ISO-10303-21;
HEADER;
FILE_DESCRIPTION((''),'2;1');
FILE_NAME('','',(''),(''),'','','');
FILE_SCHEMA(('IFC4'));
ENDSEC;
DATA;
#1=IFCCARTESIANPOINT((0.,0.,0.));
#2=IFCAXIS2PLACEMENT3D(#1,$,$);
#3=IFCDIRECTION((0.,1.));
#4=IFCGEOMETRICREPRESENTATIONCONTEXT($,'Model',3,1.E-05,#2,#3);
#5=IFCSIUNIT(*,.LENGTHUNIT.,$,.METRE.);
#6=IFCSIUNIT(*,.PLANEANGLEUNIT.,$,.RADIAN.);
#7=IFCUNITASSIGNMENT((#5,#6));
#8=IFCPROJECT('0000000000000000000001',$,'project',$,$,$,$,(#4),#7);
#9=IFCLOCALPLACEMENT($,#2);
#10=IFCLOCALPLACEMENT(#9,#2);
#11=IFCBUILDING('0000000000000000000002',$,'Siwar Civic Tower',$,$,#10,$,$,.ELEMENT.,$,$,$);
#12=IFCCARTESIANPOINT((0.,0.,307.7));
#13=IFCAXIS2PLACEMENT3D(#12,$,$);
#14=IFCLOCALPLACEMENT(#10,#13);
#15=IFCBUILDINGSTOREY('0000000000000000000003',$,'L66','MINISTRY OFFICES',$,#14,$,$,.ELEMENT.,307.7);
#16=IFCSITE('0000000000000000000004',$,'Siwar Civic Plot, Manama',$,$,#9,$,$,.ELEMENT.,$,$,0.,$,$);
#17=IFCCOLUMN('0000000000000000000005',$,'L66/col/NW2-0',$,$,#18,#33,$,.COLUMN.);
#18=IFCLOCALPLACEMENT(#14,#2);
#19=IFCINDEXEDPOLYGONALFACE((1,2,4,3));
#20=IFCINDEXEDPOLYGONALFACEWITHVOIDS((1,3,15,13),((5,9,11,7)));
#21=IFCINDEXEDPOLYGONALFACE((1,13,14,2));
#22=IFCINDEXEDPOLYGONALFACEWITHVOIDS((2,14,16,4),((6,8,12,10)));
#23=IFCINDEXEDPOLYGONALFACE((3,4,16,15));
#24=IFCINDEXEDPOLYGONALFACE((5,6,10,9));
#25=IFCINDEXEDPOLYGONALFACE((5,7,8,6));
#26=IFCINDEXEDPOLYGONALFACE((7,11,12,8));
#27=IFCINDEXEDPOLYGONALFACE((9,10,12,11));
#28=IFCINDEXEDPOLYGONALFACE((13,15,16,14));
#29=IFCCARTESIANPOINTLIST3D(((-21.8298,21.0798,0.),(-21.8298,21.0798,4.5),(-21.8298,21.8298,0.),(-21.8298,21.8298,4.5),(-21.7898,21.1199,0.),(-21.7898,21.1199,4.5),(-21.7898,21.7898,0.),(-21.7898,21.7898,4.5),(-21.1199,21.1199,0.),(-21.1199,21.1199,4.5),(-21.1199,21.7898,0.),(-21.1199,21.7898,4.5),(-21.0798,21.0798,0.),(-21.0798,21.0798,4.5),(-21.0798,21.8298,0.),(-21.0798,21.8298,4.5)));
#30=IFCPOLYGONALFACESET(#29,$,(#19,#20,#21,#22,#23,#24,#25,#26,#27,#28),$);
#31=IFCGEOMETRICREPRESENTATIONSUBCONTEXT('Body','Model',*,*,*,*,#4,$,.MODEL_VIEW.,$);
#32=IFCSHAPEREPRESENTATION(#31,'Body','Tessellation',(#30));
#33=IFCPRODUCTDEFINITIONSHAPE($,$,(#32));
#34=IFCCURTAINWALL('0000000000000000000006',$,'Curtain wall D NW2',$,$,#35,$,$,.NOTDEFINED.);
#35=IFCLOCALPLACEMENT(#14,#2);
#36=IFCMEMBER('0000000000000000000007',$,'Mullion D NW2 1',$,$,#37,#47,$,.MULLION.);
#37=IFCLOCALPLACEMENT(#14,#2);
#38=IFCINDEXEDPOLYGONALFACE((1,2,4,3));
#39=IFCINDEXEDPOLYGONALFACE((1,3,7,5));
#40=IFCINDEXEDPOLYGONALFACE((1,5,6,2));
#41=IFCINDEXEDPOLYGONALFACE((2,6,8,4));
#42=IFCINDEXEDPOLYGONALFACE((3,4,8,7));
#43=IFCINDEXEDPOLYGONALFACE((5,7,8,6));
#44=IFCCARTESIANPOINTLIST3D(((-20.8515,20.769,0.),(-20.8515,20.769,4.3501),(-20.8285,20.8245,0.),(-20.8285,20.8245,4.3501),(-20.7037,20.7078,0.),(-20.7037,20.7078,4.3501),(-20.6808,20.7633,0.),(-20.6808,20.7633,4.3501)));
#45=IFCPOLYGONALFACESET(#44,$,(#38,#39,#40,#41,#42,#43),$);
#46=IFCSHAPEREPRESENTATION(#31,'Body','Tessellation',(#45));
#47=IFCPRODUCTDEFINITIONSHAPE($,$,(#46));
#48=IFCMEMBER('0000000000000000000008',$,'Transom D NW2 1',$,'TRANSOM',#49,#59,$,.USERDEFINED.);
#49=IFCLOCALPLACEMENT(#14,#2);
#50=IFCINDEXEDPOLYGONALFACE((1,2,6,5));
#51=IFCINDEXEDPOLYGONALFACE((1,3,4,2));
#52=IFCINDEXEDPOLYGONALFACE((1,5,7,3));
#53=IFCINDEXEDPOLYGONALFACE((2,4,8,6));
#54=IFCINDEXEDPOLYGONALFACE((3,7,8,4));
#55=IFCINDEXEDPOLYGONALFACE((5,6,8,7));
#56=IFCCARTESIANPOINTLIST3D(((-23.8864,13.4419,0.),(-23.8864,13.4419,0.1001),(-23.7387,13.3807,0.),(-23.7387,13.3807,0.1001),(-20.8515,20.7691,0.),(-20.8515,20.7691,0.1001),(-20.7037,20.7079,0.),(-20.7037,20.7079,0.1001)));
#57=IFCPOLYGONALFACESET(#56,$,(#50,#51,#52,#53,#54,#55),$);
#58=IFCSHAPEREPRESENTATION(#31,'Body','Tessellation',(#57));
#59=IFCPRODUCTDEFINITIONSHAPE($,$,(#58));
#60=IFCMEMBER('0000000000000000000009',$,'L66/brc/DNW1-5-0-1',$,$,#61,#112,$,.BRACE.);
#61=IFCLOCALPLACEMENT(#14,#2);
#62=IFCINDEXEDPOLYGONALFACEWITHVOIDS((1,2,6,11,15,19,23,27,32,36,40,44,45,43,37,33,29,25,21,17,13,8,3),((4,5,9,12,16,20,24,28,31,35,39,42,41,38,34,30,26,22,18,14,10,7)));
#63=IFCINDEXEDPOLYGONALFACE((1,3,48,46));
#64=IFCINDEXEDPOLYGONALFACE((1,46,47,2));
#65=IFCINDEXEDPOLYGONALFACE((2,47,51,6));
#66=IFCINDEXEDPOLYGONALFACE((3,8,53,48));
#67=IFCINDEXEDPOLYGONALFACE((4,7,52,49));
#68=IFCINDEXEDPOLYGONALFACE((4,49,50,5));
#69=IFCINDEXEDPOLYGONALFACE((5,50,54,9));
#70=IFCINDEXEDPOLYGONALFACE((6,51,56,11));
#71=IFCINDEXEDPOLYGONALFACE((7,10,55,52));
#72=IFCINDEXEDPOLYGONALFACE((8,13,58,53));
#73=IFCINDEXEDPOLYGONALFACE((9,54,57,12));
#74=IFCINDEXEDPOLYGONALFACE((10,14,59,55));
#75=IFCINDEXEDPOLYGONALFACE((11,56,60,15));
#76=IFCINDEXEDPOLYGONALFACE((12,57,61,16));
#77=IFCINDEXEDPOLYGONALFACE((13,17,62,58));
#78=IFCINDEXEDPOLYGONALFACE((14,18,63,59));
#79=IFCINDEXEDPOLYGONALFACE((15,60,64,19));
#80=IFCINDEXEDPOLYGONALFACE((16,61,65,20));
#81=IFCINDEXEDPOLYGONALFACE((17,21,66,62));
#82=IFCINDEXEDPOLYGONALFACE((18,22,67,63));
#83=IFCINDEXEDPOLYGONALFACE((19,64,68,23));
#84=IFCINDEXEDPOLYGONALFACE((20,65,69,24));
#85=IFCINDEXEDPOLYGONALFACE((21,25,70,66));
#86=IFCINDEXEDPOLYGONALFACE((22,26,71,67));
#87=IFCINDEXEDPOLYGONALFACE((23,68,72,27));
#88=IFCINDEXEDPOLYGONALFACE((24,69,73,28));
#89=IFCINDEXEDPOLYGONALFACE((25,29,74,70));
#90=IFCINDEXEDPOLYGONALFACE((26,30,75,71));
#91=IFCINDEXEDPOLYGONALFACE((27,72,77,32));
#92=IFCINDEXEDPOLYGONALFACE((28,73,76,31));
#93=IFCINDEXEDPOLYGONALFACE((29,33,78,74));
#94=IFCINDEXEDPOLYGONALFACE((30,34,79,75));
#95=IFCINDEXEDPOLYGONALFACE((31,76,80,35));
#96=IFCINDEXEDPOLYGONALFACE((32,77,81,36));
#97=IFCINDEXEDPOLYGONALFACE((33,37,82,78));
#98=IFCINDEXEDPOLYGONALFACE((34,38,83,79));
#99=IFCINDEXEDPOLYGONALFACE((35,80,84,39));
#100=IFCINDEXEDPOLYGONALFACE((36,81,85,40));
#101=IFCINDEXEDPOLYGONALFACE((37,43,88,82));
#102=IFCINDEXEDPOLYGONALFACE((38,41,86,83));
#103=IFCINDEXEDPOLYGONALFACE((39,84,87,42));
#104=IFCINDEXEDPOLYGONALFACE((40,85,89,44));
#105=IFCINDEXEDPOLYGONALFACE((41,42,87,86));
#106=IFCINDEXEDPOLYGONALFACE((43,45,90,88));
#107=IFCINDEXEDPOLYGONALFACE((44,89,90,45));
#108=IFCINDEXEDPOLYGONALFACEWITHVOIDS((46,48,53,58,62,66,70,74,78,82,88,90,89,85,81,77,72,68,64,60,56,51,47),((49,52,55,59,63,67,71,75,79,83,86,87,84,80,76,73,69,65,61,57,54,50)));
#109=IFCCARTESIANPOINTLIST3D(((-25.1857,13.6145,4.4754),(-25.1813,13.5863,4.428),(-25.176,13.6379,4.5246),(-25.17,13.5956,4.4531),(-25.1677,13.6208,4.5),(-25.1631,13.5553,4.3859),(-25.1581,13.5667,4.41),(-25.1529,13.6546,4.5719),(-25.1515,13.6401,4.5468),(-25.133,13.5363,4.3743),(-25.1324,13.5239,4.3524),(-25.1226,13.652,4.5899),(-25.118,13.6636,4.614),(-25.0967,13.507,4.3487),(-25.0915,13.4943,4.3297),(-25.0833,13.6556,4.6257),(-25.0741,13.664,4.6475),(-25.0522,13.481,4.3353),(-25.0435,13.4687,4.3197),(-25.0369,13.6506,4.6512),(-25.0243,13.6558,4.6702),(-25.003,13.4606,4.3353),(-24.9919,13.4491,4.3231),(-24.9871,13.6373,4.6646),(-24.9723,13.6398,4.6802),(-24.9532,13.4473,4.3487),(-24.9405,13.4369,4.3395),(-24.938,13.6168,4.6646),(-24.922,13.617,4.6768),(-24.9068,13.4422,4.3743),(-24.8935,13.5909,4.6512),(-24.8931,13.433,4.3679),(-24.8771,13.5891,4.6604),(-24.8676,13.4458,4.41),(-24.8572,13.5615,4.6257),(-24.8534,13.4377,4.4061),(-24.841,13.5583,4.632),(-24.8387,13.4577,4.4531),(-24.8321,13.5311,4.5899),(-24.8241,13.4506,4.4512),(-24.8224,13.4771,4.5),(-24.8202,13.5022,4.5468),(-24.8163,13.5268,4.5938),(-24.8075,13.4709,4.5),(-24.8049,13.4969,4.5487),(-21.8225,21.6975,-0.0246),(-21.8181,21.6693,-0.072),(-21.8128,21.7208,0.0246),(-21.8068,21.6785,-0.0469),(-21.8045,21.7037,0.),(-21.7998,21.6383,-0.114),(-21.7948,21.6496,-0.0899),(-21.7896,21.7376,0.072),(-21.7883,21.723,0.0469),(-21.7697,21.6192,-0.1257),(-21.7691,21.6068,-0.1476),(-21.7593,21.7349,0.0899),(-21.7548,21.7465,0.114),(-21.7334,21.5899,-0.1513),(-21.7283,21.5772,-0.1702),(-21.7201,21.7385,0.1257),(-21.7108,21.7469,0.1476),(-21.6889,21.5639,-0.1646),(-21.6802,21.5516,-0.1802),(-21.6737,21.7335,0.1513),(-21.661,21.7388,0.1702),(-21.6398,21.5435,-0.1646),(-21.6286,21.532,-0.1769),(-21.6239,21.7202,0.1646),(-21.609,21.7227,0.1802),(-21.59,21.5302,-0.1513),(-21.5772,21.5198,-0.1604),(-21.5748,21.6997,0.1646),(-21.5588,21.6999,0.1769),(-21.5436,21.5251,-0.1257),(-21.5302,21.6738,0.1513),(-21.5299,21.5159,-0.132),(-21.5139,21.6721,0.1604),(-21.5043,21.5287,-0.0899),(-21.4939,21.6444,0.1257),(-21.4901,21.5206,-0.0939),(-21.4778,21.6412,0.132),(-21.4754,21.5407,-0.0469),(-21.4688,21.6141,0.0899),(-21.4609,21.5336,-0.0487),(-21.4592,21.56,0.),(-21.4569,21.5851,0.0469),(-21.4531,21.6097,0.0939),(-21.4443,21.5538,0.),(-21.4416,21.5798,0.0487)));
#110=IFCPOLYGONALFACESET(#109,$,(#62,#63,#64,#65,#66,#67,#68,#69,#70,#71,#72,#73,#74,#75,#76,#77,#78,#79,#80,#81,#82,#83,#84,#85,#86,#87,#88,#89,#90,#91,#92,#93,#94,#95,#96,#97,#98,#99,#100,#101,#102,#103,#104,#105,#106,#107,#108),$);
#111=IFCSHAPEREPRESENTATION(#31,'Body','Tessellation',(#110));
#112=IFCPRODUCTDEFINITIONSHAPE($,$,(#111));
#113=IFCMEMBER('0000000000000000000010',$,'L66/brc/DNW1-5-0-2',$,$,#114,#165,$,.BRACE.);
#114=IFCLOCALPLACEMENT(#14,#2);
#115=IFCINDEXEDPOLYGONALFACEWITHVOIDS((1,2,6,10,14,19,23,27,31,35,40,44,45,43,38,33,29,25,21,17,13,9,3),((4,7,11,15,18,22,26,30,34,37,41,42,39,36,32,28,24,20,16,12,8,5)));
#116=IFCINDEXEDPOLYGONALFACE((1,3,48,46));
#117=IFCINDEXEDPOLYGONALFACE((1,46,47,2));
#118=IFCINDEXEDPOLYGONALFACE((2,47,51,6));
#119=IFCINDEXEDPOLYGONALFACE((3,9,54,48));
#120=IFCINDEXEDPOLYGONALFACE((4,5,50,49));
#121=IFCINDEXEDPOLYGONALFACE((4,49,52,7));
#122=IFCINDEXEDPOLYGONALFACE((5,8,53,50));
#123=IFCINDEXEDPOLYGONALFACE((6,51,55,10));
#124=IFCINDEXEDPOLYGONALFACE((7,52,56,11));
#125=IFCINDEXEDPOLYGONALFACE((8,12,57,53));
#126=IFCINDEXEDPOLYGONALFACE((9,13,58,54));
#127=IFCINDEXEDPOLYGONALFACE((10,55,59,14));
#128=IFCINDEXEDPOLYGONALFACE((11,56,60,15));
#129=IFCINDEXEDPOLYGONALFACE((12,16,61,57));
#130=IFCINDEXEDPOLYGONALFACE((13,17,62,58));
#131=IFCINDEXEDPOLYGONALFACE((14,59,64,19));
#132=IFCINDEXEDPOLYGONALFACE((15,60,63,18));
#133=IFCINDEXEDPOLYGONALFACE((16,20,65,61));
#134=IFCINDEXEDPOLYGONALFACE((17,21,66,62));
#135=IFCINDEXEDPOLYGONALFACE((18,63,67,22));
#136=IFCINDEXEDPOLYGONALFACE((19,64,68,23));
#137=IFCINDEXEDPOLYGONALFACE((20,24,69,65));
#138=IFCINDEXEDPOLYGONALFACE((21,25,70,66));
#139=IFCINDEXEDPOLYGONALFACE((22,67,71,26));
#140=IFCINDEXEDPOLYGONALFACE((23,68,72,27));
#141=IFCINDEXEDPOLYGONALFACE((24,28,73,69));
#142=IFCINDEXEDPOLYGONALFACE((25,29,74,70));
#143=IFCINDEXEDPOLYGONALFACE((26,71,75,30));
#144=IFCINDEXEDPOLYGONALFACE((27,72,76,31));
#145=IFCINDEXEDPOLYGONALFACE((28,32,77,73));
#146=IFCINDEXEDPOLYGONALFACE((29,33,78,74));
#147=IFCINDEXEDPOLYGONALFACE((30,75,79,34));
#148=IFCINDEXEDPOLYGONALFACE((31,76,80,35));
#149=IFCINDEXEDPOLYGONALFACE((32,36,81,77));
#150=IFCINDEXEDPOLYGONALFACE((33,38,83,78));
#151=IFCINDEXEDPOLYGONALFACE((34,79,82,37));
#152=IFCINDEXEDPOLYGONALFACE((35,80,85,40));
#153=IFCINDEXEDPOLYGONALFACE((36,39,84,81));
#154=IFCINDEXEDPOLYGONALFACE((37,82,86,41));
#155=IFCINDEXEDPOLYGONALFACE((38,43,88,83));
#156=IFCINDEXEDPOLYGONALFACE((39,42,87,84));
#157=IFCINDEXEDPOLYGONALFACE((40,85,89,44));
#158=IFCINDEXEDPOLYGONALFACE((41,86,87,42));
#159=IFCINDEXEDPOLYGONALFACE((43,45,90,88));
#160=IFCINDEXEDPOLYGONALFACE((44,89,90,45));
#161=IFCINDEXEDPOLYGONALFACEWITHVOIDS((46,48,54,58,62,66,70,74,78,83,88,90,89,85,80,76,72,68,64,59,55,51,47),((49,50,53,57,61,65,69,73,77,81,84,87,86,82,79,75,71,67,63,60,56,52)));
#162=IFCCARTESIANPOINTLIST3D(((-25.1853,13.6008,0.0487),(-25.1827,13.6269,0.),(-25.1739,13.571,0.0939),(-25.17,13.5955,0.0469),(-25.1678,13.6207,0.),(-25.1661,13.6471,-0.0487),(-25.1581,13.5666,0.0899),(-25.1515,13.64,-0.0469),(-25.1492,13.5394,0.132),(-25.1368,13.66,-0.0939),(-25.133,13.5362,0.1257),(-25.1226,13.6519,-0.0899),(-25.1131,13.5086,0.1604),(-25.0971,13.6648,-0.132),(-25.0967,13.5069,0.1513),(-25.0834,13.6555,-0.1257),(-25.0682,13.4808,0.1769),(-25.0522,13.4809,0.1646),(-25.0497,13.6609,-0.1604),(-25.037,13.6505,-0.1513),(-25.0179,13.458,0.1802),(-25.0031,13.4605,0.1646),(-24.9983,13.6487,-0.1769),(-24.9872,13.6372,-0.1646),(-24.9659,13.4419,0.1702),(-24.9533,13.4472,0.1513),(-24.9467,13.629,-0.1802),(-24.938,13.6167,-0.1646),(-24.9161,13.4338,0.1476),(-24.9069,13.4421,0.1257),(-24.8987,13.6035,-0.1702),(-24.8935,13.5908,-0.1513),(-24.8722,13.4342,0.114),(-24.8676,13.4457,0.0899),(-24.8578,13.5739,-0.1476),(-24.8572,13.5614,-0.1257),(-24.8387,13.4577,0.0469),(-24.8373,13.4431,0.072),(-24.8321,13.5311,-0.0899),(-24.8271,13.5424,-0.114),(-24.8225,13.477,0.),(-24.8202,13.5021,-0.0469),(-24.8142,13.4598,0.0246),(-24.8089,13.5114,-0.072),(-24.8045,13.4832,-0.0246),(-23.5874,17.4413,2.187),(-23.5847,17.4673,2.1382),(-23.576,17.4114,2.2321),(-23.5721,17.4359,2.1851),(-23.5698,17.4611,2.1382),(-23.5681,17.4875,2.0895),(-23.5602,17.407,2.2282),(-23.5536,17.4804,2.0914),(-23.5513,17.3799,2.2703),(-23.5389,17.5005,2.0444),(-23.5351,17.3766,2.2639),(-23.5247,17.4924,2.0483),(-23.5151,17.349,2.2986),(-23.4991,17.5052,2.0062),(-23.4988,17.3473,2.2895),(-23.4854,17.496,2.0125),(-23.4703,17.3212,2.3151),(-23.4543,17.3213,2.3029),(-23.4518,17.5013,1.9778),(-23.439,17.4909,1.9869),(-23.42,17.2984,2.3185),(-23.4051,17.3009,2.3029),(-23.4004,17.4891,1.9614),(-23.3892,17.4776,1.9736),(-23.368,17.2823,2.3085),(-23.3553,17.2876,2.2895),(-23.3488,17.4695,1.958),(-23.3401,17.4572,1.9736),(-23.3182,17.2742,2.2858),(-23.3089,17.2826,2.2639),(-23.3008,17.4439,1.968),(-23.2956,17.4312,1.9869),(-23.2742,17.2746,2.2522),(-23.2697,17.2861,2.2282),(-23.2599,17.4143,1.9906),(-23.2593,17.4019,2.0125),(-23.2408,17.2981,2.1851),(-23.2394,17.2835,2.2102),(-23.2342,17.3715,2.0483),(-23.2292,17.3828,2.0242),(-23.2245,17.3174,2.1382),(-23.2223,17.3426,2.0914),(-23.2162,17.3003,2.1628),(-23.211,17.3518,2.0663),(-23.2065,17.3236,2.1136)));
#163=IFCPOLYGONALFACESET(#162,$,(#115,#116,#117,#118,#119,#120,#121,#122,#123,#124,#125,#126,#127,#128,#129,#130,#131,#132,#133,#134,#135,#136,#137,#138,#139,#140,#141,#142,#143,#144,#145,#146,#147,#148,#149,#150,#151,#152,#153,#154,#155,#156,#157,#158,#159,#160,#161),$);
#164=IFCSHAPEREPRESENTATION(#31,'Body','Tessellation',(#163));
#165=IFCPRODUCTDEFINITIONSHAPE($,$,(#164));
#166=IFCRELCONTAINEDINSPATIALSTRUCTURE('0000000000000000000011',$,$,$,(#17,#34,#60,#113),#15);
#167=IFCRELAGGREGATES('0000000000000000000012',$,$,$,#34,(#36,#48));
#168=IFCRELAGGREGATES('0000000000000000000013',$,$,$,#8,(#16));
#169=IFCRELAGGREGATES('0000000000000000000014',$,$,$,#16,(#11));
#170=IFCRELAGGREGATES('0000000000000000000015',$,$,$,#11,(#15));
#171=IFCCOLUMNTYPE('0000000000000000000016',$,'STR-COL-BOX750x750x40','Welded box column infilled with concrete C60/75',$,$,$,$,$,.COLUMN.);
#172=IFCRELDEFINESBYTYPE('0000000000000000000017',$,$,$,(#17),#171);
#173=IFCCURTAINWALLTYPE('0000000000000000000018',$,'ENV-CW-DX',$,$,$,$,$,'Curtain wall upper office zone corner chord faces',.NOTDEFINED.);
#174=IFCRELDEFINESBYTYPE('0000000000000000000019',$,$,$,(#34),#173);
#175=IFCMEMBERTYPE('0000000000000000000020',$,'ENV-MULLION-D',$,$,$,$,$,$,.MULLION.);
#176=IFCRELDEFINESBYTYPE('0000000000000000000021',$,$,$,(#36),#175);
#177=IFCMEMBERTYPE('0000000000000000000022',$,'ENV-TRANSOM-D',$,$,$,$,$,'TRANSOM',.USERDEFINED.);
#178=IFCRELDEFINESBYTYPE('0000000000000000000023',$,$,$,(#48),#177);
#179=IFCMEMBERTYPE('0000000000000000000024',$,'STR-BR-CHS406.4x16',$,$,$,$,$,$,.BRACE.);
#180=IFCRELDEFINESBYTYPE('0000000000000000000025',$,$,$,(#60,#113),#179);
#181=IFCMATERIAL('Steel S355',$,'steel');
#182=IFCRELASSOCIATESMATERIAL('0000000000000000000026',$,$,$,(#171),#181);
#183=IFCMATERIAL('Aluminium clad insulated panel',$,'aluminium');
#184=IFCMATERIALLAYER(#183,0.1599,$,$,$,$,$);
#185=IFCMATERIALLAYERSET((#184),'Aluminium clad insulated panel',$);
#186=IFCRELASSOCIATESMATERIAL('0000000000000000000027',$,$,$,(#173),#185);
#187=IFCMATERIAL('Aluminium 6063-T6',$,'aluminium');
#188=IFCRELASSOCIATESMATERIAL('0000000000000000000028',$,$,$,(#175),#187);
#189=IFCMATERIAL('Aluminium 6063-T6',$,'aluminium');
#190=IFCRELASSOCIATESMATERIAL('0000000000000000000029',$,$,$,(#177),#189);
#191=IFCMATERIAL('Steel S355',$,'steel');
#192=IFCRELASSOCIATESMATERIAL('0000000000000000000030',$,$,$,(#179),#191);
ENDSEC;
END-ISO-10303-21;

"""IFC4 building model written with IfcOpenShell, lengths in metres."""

from ifc_helpers import new_model, si_unit, direction, frame, origin, origin_2d, place, context, subcontext, project, spatial, rectangle, hollow_rectangle, hollow_circle, extrude, material, layer, layer_set, material_profile, profile_set, type_object, element, aggregate, save


model = new_model("IFC4")

# Units and contexts
model_context = context("Model", 3, precision=1e-05, world=origin(), true_north=direction((0.0, 1.0)))
body_context = subcontext(model_context, "Body", "Model", "MODEL_VIEW")
ifc_project = project(units=[si_unit("LENGTHUNIT", "METRE"), si_unit("PLANEANGLEUNIT", "RADIAN")], contexts=[model_context])

# Site, building, storey
site_placement = place(None, origin())
site = spatial("IfcSite", under=ifc_project, at=site_placement, Name="Siwar Civic Plot, Manama", CompositionType="ELEMENT", RefElevation=0.0)
building_placement = place(site_placement, origin())
building = spatial("IfcBuilding", under=site, at=building_placement, Name="Siwar Civic Tower", CompositionType="ELEMENT")
storey_placement = place(building_placement, frame((0.0, 0.0, 307.7)))
storey = spatial("IfcBuildingStorey", under=building, at=storey_placement, Name="L66", Description="MINISTRY OFFICES", CompositionType="ELEMENT", Elevation=307.7)

# Column
ifc_material_1 = material(Name="Steel S355", Category="steel")
ifc_material_profile_1 = material_profile(ifc_material_1, hollow_rectangle(XDim=0.75, YDim=0.75, WallThickness=0.04, at=origin_2d()), Name="BOX750x750x40")
ifc_profile_set_1 = profile_set([ifc_material_profile_1], Name="Steel S355")
column_type = type_object("IfcColumnType", Name="STR-COL-BOX750x750x40", Description="Welded box column infilled with concrete C60/75", PredefinedType="COLUMN", material=ifc_profile_set_1)
column_placement = place(storey_placement, frame((-21.4548, 21.4548, 0.0), z_axis=(0.0, 0.0, 1.0), x_axis=(1.0, 0.0, 0.0)))
element("IfcColumn", 1, at=column_placement, inside=storey, type_object=column_type, Name="L66/col/NW2-0", PredefinedType="COLUMN", context=body_context, shape_type="SweptSolid", body=[
    extrude(hollow_rectangle(XDim=0.75, YDim=0.75, WallThickness=0.04, at=origin_2d()), origin(), (0.0, 0.0, 1.0), 4.5),
])

# Curtain wall, members
ifc_material_2 = material(Name="Aluminium clad insulated panel", Category="aluminium")
ifc_layer_1 = layer(ifc_material_2, 0.1599)
ifc_layer_set_1 = layer_set([ifc_layer_1], Name="Aluminium clad insulated panel")
curtain_wall_type = type_object("IfcCurtainWallType", Name="ENV-CW-DX", ElementType="Curtain wall upper office zone corner chord faces", PredefinedType="NOTDEFINED", material=ifc_layer_set_1)
curtain_wall_1_placement = place(storey_placement, origin())
curtain_wall_1 = element("IfcCurtainWall", 2, at=curtain_wall_1_placement, inside=storey, type_object=curtain_wall_type, Name="Curtain wall D NW2", PredefinedType="NOTDEFINED")
ifc_material_3 = material(Name="Aluminium 6063-T6", Category="aluminium")
ifc_material_profile_2 = material_profile(ifc_material_3, rectangle(XDim=0.1599, YDim=0.0601, at=origin_2d()), Name="AL 160x60")
ifc_profile_set_2 = profile_set([ifc_material_profile_2], Name="Aluminium 6063-T6")
member_type_1 = type_object("IfcMemberType", Name="ENV-MULLION-D", PredefinedType="MULLION", material=ifc_profile_set_2)
member_1_placement = place(storey_placement, frame((-20.7661, 20.7661, 0.0), z_axis=(0.0, 0.0, 1.0), x_axis=(0.92388, -0.382683, 0.0)))
member_1 = element("IfcMember", 3, at=member_1_placement, type_object=member_type_1, Name="Mullion D NW2 1", PredefinedType="MULLION", context=body_context, shape_type="SweptSolid", body=[
    extrude(rectangle(XDim=0.1599, YDim=0.0601, at=origin_2d()), origin(), (0.0, 0.0, 1.0), 4.3501),
])
ifc_material_4 = material(Name="Aluminium 6063-T6", Category="aluminium")
ifc_material_profile_3 = material_profile(ifc_material_4, rectangle(XDim=0.1599, YDim=0.1001, at=origin_2d()), Name="AL 160x100")
ifc_profile_set_3 = profile_set([ifc_material_profile_3], Name="Aluminium 6063-T6")
member_type_2 = type_object("IfcMemberType", Name="ENV-TRANSOM-D", ElementType="TRANSOM", PredefinedType="USERDEFINED", material=ifc_profile_set_3)
member_2_placement = place(storey_placement, frame((-20.7776, 20.7385, 0.05), z_axis=(-0.382674, -0.923884, 0.0), x_axis=(0.923884, -0.382674, 0.0)))
member_2 = element("IfcMember", 4, at=member_2_placement, type_object=member_type_2, Name="Transom D NW2 1", ObjectType="TRANSOM", PredefinedType="USERDEFINED", context=body_context, shape_type="SweptSolid", body=[
    extrude(rectangle(XDim=0.1599, YDim=0.1001, at=origin_2d()), origin(), (0.0, 0.0, 1.0), 7.9309),
])

# Members
ifc_material_5 = material(Name="Steel S355", Category="steel")
ifc_material_profile_4 = material_profile(ifc_material_5, hollow_circle(Radius=0.2031, WallThickness=0.0161, at=origin_2d()), Name="CHS406.4x16")
ifc_profile_set_4 = profile_set([ifc_material_profile_4], Name="Steel S355")
member_type_3 = type_object("IfcMemberType", Name="STR-BR-CHS406.4x16", PredefinedType="BRACE", material=ifc_profile_set_4)
member_3_placement = place(storey_placement, frame((-21.6318, 21.6318, 0.0), z_axis=(-0.341671, -0.821143, 0.457149), x_axis=(0.923265, -0.384164, 0.0)))
element("IfcMember", 5, at=member_3_placement, inside=storey, type_object=member_type_3, Name="L66/brc/DNW1-5-0-1", PredefinedType="BRACE", context=body_context, shape_type="SweptSolid", body=[
    extrude(hollow_circle(Radius=0.2031, WallThickness=0.0161, at=origin_2d()), origin(), (0.0, 0.0, 1.0), 9.8435),
])
for number, where, z_axis, x_axis, name in (
    (6, (-24.9951, 13.5488, 0.0), (0.341659, 0.82113, 0.457181), (-0.923268, 0.384157, 0.0), "L66/brc/DNW1-5-0-2"),
):
    element("IfcMember", number, at=place(storey_placement, frame(where, z_axis=z_axis, x_axis=x_axis)), inside=storey, type_object=member_type_3, Name=name, PredefinedType="BRACE", context=body_context, shape_type="SweptSolid", body=[
        extrude(hollow_circle(Radius=0.2031, WallThickness=0.0161, at=origin_2d()), origin(), (0.0, 0.0, 1.0), 4.677),
    ])

aggregate(curtain_wall_1, [member_1, member_2])

save(model, "model.ifc")
